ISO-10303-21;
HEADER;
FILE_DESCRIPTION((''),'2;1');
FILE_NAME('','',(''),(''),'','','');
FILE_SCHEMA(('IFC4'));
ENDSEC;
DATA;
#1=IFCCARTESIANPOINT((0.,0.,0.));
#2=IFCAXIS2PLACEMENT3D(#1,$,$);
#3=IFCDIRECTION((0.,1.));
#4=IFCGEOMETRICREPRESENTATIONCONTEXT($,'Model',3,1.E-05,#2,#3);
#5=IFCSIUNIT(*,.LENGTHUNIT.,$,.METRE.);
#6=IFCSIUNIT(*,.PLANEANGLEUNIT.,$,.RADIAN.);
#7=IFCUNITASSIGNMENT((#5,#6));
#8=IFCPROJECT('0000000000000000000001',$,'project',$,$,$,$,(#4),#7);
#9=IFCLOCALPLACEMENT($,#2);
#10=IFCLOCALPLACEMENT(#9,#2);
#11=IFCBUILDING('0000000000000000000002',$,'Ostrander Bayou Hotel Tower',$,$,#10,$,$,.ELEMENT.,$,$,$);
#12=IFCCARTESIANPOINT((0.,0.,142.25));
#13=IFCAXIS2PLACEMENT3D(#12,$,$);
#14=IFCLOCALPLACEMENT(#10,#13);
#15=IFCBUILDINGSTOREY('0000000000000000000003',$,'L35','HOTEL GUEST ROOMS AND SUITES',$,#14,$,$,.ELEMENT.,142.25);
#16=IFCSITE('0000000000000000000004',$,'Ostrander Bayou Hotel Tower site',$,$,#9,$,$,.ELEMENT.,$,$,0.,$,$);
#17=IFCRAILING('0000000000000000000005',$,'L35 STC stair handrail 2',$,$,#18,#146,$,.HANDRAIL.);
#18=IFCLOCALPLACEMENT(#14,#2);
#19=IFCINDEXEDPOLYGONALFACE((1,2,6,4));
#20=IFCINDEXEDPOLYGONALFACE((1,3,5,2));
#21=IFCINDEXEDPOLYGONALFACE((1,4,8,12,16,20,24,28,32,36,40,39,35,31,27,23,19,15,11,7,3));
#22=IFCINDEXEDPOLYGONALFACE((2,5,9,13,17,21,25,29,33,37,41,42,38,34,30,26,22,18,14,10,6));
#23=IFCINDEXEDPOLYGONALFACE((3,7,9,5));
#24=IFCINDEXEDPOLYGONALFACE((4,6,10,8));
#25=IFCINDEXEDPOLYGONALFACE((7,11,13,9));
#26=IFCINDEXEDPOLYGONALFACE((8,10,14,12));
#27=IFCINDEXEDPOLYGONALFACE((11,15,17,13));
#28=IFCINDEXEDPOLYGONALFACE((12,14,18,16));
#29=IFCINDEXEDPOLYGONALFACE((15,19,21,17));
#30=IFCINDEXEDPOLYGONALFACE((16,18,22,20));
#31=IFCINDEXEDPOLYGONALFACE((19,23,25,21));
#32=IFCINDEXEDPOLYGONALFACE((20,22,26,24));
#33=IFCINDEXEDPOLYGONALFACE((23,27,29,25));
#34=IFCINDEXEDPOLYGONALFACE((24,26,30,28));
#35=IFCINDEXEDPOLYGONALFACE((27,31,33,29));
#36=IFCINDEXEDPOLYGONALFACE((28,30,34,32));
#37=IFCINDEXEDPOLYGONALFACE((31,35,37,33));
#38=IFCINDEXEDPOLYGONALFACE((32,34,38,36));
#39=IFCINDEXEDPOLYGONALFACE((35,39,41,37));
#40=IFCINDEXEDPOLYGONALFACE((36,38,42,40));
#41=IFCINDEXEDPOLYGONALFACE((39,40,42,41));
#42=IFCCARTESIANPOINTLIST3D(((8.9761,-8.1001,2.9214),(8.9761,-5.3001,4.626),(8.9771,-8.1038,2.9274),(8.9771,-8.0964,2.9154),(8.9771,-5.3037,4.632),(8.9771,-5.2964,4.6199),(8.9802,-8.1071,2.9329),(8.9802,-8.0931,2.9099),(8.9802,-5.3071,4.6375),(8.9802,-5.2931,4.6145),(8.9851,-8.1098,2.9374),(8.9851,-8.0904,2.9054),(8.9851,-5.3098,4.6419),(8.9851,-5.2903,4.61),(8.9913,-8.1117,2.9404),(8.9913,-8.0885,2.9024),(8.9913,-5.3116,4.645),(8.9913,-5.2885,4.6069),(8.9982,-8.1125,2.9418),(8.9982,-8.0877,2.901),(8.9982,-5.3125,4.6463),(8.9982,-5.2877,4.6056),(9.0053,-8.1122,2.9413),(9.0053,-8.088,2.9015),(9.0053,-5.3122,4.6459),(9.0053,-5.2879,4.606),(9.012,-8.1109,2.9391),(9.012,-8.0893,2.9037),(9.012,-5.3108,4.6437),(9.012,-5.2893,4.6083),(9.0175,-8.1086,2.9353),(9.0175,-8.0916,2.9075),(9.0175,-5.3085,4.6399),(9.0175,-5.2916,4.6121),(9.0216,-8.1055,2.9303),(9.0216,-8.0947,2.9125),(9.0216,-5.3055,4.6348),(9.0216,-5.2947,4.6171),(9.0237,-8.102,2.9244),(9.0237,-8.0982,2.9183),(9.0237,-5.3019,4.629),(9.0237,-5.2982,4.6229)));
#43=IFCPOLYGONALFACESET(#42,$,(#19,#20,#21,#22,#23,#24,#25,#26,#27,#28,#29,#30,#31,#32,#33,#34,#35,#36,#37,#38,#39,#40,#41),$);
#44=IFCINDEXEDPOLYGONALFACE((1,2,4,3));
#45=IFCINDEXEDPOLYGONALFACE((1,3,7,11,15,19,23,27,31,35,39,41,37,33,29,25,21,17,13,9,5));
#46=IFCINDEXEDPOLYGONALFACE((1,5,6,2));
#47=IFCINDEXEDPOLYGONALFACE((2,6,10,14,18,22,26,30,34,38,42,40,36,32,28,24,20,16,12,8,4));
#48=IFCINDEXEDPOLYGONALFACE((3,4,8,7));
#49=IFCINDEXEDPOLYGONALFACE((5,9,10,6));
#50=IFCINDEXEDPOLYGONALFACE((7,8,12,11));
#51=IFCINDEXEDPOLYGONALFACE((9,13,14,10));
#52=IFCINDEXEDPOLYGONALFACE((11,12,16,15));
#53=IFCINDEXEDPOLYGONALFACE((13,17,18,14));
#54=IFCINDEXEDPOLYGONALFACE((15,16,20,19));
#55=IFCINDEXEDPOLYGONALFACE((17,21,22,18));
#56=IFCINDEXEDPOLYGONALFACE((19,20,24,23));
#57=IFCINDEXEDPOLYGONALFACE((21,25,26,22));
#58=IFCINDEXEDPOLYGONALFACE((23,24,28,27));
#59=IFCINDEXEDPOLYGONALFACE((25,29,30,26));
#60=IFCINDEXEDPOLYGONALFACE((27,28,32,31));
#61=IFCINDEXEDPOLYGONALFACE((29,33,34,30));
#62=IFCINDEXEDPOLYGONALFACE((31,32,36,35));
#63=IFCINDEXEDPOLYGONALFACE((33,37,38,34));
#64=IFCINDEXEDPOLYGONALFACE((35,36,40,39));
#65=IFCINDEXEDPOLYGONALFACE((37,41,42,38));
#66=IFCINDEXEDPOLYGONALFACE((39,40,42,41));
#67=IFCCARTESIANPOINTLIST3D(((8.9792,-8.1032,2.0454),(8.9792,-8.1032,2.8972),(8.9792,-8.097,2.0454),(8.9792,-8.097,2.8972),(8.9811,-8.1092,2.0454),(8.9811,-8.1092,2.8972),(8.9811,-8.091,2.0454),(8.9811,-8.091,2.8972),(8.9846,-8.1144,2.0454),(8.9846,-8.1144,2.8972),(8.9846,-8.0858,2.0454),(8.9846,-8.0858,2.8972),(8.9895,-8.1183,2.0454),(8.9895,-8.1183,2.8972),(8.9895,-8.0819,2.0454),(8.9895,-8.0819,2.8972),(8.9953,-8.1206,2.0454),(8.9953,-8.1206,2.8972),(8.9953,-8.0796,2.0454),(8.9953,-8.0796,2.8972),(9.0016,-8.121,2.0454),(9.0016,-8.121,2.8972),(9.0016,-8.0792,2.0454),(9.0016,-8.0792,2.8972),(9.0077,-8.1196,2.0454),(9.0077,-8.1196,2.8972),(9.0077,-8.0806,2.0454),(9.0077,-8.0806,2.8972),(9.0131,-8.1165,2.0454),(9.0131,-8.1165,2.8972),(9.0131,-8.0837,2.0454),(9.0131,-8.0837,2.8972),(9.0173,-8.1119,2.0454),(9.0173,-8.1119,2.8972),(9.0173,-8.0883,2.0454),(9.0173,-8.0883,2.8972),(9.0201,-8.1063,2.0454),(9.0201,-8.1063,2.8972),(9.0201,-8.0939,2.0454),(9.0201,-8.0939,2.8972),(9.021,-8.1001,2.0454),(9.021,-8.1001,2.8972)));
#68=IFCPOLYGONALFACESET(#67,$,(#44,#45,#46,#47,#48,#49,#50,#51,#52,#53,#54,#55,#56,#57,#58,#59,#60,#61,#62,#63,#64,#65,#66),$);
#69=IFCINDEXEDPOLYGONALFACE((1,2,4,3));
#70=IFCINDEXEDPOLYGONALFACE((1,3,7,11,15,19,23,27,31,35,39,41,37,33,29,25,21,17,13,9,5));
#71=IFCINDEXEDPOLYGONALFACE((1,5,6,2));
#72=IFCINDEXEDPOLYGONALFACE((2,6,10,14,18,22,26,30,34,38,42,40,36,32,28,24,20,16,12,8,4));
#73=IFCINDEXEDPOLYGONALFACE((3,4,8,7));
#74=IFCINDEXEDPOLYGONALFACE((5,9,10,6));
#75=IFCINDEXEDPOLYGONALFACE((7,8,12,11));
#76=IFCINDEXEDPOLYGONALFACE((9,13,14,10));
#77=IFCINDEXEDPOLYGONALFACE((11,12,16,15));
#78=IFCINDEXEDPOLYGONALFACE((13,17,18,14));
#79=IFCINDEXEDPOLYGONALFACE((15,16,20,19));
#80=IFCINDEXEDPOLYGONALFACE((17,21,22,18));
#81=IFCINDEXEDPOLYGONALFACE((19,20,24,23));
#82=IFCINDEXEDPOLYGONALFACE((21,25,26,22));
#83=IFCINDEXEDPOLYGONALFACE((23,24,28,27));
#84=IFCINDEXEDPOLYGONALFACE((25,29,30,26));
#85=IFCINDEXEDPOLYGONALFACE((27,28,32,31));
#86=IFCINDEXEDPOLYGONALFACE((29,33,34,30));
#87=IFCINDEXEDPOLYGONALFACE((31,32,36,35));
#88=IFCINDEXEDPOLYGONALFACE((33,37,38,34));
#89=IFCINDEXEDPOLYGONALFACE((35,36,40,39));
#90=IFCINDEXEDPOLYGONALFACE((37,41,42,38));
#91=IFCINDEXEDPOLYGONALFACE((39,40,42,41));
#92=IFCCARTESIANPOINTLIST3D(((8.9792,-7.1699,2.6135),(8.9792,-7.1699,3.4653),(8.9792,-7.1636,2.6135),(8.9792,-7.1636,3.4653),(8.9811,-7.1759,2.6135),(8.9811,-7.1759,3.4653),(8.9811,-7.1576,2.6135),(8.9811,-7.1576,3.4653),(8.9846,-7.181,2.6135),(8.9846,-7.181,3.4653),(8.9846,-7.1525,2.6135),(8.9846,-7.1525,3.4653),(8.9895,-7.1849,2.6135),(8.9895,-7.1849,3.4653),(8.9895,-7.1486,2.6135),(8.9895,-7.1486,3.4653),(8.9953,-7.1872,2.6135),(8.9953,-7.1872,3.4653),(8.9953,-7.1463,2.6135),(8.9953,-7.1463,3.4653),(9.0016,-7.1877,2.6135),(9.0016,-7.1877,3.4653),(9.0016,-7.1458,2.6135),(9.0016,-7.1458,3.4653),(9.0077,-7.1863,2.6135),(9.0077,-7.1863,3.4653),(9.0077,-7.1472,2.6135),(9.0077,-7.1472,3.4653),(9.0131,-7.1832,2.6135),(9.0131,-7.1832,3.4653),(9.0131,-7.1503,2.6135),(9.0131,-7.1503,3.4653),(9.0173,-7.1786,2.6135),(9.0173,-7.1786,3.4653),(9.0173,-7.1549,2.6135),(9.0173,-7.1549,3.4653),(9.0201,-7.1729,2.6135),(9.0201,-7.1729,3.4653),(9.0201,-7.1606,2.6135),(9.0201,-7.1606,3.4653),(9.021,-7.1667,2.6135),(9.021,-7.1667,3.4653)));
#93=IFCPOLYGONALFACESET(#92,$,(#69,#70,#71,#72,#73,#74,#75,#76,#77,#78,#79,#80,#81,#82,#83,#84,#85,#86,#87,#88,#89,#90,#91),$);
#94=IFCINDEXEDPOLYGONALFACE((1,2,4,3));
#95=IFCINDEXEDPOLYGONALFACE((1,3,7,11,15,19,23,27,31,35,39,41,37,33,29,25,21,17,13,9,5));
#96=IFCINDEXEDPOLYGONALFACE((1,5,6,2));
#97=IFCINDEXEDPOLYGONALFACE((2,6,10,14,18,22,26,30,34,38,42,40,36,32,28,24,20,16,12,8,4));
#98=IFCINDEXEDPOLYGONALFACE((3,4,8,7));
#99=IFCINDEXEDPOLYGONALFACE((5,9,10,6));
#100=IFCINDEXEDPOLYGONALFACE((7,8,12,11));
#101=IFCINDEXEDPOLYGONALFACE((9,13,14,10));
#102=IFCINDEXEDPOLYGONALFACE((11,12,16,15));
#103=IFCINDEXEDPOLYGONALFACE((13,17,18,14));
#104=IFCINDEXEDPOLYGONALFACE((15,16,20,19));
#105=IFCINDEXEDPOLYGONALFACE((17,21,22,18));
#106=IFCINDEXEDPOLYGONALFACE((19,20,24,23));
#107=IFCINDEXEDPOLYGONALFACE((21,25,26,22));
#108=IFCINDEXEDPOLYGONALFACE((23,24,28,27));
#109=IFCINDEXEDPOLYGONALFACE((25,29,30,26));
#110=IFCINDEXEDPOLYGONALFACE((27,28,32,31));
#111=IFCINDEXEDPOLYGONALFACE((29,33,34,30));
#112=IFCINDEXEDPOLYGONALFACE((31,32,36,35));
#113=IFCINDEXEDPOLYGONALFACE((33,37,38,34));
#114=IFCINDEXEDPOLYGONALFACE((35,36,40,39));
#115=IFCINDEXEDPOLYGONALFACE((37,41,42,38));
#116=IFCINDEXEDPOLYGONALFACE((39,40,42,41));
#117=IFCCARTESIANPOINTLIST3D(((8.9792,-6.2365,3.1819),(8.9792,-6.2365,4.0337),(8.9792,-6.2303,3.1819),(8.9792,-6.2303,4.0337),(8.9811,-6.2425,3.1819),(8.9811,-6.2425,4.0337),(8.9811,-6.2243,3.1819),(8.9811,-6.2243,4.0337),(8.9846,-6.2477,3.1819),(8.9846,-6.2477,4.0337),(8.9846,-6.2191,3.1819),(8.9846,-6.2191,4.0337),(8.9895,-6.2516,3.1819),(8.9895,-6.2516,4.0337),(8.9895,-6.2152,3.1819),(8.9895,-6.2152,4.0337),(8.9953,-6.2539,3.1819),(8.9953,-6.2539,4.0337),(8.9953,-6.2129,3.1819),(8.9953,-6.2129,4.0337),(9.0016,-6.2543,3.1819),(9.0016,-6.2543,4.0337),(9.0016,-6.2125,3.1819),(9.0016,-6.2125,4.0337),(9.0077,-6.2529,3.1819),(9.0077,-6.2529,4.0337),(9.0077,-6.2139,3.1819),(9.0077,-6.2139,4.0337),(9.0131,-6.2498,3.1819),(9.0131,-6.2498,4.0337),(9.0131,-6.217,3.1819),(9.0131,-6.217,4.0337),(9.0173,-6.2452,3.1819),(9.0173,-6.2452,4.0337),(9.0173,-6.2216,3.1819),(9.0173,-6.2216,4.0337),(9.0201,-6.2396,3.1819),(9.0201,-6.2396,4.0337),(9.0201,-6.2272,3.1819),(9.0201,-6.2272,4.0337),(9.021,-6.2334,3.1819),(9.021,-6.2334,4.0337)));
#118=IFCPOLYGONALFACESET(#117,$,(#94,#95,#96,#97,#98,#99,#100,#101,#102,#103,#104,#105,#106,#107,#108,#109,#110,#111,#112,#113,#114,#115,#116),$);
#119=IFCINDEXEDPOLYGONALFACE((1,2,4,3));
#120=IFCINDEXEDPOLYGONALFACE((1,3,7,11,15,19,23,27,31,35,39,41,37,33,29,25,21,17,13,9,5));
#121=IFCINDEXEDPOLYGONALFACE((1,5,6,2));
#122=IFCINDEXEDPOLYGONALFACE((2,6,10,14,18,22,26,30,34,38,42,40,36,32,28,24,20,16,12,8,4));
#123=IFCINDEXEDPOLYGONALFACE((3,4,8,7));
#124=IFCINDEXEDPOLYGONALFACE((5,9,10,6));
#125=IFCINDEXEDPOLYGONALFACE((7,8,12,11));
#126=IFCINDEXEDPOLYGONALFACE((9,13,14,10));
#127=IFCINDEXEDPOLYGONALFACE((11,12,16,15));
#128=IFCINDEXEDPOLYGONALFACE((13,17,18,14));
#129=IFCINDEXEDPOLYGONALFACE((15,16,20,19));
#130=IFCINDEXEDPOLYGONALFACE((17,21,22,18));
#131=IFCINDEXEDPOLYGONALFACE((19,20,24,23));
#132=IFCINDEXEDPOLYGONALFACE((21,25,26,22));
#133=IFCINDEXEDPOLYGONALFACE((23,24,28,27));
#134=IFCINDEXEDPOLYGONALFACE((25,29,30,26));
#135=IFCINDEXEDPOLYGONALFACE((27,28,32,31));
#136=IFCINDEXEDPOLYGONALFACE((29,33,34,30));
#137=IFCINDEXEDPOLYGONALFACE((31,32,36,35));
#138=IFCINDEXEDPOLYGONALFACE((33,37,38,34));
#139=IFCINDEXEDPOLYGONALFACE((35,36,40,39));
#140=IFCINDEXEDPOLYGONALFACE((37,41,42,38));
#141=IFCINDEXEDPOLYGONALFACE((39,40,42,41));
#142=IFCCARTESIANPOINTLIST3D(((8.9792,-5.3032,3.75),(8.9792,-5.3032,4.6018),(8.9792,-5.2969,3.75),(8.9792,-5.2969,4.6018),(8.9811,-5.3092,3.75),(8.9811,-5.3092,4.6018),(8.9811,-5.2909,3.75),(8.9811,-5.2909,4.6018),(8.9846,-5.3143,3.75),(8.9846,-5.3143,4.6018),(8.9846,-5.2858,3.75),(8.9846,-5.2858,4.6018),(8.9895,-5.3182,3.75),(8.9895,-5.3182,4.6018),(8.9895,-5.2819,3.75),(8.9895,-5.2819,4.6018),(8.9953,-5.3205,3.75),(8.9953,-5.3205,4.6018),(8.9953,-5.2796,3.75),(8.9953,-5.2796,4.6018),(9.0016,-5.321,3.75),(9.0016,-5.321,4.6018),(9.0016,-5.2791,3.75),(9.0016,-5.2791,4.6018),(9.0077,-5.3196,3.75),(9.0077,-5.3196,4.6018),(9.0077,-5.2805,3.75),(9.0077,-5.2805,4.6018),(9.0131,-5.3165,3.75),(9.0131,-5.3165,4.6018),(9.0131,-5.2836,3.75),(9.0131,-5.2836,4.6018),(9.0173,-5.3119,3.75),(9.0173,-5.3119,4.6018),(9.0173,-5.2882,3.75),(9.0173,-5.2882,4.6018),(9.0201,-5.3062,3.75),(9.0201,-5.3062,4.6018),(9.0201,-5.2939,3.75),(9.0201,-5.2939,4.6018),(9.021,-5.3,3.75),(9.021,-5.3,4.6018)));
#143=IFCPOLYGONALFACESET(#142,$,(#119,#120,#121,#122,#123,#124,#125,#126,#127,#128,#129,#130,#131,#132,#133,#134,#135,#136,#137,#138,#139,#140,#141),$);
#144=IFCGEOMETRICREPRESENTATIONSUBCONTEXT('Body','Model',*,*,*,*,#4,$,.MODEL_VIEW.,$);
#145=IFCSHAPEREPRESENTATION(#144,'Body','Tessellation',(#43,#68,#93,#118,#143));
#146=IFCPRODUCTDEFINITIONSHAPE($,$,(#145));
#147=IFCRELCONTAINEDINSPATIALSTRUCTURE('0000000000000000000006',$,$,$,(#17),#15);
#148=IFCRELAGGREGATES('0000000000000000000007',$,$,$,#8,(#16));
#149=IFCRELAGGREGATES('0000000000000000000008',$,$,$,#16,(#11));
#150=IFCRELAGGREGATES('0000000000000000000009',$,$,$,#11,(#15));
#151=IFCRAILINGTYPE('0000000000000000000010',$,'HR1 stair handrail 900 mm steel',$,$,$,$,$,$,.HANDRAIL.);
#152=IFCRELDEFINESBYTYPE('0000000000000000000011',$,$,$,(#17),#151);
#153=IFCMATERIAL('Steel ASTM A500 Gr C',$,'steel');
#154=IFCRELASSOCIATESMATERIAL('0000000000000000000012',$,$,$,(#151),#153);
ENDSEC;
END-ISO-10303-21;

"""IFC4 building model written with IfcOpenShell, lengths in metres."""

from ifc_helpers import new_model, si_unit, direction, frame, origin, origin_2d, place, context, subcontext, project, spatial, circle, extrude, material, type_object, element, save


model = new_model("IFC4")

# Units and contexts
model_context = context("Model", 3, precision=1e-05, world=origin(), true_north=direction((0.0, 1.0)))
body_context = subcontext(model_context, "Body", "Model", "MODEL_VIEW")
ifc_project = project(units=[si_unit("LENGTHUNIT", "METRE"), si_unit("PLANEANGLEUNIT", "RADIAN")], contexts=[model_context])

# Site, building, storey
site_placement = place(None, origin())
site = spatial("IfcSite", under=ifc_project, at=site_placement, Name="Ostrander Bayou Hotel Tower site", CompositionType="ELEMENT", RefElevation=0.0)
building_placement = place(site_placement, origin())
building = spatial("IfcBuilding", under=site, at=building_placement, Name="Ostrander Bayou Hotel Tower", CompositionType="ELEMENT")
storey_placement = place(building_placement, frame((0.0, 0.0, 142.25)))
storey = spatial("IfcBuildingStorey", under=building, at=storey_placement, Name="L35", Description="HOTEL GUEST ROOMS AND SUITES", CompositionType="ELEMENT", Elevation=142.25)

# Railing
ifc_material_1 = material(Name="Steel ASTM A500 Gr C", Category="steel")
railing_type_1 = type_object("IfcRailingType", Name="HR1 stair handrail 900 mm steel", PredefinedType="HANDRAIL", material=ifc_material_1)
railing_1_placement = place(storey_placement, frame((9.0, -8.1001, 2.0454)))
element("IfcRailing", 1, at=railing_1_placement, inside=storey, type_object=railing_type_1, Name="L35 STC stair handrail 2", PredefinedType="HANDRAIL", context=body_context, shape_type="SweptSolid", body=[
    extrude(circle(Radius=0.0239, at=origin_2d()), frame((0.0, 0.0, 0.876), z_axis=(0.0, 0.85417, 0.519994), x_axis=(-1.0, 0.0, 0.0)), (0.0, 0.0, 1.0), 3.2781),
    extrude(circle(Radius=0.021, at=origin_2d()), origin(), (0.0, 0.0, 1.0), 0.8518),
    extrude(circle(Radius=0.021, at=origin_2d()), frame((0.0, 0.9333, 0.5681)), (0.0, 0.0, 1.0), 0.8518),
    extrude(circle(Radius=0.021, at=origin_2d()), frame((0.0, 1.8667, 1.1365)), (0.0, 0.0, 1.0), 0.8518),
    extrude(circle(Radius=0.021, at=origin_2d()), frame((0.0, 2.8, 1.7046)), (0.0, 0.0, 1.0), 0.8518),
])

save(model, "model.ifc")
